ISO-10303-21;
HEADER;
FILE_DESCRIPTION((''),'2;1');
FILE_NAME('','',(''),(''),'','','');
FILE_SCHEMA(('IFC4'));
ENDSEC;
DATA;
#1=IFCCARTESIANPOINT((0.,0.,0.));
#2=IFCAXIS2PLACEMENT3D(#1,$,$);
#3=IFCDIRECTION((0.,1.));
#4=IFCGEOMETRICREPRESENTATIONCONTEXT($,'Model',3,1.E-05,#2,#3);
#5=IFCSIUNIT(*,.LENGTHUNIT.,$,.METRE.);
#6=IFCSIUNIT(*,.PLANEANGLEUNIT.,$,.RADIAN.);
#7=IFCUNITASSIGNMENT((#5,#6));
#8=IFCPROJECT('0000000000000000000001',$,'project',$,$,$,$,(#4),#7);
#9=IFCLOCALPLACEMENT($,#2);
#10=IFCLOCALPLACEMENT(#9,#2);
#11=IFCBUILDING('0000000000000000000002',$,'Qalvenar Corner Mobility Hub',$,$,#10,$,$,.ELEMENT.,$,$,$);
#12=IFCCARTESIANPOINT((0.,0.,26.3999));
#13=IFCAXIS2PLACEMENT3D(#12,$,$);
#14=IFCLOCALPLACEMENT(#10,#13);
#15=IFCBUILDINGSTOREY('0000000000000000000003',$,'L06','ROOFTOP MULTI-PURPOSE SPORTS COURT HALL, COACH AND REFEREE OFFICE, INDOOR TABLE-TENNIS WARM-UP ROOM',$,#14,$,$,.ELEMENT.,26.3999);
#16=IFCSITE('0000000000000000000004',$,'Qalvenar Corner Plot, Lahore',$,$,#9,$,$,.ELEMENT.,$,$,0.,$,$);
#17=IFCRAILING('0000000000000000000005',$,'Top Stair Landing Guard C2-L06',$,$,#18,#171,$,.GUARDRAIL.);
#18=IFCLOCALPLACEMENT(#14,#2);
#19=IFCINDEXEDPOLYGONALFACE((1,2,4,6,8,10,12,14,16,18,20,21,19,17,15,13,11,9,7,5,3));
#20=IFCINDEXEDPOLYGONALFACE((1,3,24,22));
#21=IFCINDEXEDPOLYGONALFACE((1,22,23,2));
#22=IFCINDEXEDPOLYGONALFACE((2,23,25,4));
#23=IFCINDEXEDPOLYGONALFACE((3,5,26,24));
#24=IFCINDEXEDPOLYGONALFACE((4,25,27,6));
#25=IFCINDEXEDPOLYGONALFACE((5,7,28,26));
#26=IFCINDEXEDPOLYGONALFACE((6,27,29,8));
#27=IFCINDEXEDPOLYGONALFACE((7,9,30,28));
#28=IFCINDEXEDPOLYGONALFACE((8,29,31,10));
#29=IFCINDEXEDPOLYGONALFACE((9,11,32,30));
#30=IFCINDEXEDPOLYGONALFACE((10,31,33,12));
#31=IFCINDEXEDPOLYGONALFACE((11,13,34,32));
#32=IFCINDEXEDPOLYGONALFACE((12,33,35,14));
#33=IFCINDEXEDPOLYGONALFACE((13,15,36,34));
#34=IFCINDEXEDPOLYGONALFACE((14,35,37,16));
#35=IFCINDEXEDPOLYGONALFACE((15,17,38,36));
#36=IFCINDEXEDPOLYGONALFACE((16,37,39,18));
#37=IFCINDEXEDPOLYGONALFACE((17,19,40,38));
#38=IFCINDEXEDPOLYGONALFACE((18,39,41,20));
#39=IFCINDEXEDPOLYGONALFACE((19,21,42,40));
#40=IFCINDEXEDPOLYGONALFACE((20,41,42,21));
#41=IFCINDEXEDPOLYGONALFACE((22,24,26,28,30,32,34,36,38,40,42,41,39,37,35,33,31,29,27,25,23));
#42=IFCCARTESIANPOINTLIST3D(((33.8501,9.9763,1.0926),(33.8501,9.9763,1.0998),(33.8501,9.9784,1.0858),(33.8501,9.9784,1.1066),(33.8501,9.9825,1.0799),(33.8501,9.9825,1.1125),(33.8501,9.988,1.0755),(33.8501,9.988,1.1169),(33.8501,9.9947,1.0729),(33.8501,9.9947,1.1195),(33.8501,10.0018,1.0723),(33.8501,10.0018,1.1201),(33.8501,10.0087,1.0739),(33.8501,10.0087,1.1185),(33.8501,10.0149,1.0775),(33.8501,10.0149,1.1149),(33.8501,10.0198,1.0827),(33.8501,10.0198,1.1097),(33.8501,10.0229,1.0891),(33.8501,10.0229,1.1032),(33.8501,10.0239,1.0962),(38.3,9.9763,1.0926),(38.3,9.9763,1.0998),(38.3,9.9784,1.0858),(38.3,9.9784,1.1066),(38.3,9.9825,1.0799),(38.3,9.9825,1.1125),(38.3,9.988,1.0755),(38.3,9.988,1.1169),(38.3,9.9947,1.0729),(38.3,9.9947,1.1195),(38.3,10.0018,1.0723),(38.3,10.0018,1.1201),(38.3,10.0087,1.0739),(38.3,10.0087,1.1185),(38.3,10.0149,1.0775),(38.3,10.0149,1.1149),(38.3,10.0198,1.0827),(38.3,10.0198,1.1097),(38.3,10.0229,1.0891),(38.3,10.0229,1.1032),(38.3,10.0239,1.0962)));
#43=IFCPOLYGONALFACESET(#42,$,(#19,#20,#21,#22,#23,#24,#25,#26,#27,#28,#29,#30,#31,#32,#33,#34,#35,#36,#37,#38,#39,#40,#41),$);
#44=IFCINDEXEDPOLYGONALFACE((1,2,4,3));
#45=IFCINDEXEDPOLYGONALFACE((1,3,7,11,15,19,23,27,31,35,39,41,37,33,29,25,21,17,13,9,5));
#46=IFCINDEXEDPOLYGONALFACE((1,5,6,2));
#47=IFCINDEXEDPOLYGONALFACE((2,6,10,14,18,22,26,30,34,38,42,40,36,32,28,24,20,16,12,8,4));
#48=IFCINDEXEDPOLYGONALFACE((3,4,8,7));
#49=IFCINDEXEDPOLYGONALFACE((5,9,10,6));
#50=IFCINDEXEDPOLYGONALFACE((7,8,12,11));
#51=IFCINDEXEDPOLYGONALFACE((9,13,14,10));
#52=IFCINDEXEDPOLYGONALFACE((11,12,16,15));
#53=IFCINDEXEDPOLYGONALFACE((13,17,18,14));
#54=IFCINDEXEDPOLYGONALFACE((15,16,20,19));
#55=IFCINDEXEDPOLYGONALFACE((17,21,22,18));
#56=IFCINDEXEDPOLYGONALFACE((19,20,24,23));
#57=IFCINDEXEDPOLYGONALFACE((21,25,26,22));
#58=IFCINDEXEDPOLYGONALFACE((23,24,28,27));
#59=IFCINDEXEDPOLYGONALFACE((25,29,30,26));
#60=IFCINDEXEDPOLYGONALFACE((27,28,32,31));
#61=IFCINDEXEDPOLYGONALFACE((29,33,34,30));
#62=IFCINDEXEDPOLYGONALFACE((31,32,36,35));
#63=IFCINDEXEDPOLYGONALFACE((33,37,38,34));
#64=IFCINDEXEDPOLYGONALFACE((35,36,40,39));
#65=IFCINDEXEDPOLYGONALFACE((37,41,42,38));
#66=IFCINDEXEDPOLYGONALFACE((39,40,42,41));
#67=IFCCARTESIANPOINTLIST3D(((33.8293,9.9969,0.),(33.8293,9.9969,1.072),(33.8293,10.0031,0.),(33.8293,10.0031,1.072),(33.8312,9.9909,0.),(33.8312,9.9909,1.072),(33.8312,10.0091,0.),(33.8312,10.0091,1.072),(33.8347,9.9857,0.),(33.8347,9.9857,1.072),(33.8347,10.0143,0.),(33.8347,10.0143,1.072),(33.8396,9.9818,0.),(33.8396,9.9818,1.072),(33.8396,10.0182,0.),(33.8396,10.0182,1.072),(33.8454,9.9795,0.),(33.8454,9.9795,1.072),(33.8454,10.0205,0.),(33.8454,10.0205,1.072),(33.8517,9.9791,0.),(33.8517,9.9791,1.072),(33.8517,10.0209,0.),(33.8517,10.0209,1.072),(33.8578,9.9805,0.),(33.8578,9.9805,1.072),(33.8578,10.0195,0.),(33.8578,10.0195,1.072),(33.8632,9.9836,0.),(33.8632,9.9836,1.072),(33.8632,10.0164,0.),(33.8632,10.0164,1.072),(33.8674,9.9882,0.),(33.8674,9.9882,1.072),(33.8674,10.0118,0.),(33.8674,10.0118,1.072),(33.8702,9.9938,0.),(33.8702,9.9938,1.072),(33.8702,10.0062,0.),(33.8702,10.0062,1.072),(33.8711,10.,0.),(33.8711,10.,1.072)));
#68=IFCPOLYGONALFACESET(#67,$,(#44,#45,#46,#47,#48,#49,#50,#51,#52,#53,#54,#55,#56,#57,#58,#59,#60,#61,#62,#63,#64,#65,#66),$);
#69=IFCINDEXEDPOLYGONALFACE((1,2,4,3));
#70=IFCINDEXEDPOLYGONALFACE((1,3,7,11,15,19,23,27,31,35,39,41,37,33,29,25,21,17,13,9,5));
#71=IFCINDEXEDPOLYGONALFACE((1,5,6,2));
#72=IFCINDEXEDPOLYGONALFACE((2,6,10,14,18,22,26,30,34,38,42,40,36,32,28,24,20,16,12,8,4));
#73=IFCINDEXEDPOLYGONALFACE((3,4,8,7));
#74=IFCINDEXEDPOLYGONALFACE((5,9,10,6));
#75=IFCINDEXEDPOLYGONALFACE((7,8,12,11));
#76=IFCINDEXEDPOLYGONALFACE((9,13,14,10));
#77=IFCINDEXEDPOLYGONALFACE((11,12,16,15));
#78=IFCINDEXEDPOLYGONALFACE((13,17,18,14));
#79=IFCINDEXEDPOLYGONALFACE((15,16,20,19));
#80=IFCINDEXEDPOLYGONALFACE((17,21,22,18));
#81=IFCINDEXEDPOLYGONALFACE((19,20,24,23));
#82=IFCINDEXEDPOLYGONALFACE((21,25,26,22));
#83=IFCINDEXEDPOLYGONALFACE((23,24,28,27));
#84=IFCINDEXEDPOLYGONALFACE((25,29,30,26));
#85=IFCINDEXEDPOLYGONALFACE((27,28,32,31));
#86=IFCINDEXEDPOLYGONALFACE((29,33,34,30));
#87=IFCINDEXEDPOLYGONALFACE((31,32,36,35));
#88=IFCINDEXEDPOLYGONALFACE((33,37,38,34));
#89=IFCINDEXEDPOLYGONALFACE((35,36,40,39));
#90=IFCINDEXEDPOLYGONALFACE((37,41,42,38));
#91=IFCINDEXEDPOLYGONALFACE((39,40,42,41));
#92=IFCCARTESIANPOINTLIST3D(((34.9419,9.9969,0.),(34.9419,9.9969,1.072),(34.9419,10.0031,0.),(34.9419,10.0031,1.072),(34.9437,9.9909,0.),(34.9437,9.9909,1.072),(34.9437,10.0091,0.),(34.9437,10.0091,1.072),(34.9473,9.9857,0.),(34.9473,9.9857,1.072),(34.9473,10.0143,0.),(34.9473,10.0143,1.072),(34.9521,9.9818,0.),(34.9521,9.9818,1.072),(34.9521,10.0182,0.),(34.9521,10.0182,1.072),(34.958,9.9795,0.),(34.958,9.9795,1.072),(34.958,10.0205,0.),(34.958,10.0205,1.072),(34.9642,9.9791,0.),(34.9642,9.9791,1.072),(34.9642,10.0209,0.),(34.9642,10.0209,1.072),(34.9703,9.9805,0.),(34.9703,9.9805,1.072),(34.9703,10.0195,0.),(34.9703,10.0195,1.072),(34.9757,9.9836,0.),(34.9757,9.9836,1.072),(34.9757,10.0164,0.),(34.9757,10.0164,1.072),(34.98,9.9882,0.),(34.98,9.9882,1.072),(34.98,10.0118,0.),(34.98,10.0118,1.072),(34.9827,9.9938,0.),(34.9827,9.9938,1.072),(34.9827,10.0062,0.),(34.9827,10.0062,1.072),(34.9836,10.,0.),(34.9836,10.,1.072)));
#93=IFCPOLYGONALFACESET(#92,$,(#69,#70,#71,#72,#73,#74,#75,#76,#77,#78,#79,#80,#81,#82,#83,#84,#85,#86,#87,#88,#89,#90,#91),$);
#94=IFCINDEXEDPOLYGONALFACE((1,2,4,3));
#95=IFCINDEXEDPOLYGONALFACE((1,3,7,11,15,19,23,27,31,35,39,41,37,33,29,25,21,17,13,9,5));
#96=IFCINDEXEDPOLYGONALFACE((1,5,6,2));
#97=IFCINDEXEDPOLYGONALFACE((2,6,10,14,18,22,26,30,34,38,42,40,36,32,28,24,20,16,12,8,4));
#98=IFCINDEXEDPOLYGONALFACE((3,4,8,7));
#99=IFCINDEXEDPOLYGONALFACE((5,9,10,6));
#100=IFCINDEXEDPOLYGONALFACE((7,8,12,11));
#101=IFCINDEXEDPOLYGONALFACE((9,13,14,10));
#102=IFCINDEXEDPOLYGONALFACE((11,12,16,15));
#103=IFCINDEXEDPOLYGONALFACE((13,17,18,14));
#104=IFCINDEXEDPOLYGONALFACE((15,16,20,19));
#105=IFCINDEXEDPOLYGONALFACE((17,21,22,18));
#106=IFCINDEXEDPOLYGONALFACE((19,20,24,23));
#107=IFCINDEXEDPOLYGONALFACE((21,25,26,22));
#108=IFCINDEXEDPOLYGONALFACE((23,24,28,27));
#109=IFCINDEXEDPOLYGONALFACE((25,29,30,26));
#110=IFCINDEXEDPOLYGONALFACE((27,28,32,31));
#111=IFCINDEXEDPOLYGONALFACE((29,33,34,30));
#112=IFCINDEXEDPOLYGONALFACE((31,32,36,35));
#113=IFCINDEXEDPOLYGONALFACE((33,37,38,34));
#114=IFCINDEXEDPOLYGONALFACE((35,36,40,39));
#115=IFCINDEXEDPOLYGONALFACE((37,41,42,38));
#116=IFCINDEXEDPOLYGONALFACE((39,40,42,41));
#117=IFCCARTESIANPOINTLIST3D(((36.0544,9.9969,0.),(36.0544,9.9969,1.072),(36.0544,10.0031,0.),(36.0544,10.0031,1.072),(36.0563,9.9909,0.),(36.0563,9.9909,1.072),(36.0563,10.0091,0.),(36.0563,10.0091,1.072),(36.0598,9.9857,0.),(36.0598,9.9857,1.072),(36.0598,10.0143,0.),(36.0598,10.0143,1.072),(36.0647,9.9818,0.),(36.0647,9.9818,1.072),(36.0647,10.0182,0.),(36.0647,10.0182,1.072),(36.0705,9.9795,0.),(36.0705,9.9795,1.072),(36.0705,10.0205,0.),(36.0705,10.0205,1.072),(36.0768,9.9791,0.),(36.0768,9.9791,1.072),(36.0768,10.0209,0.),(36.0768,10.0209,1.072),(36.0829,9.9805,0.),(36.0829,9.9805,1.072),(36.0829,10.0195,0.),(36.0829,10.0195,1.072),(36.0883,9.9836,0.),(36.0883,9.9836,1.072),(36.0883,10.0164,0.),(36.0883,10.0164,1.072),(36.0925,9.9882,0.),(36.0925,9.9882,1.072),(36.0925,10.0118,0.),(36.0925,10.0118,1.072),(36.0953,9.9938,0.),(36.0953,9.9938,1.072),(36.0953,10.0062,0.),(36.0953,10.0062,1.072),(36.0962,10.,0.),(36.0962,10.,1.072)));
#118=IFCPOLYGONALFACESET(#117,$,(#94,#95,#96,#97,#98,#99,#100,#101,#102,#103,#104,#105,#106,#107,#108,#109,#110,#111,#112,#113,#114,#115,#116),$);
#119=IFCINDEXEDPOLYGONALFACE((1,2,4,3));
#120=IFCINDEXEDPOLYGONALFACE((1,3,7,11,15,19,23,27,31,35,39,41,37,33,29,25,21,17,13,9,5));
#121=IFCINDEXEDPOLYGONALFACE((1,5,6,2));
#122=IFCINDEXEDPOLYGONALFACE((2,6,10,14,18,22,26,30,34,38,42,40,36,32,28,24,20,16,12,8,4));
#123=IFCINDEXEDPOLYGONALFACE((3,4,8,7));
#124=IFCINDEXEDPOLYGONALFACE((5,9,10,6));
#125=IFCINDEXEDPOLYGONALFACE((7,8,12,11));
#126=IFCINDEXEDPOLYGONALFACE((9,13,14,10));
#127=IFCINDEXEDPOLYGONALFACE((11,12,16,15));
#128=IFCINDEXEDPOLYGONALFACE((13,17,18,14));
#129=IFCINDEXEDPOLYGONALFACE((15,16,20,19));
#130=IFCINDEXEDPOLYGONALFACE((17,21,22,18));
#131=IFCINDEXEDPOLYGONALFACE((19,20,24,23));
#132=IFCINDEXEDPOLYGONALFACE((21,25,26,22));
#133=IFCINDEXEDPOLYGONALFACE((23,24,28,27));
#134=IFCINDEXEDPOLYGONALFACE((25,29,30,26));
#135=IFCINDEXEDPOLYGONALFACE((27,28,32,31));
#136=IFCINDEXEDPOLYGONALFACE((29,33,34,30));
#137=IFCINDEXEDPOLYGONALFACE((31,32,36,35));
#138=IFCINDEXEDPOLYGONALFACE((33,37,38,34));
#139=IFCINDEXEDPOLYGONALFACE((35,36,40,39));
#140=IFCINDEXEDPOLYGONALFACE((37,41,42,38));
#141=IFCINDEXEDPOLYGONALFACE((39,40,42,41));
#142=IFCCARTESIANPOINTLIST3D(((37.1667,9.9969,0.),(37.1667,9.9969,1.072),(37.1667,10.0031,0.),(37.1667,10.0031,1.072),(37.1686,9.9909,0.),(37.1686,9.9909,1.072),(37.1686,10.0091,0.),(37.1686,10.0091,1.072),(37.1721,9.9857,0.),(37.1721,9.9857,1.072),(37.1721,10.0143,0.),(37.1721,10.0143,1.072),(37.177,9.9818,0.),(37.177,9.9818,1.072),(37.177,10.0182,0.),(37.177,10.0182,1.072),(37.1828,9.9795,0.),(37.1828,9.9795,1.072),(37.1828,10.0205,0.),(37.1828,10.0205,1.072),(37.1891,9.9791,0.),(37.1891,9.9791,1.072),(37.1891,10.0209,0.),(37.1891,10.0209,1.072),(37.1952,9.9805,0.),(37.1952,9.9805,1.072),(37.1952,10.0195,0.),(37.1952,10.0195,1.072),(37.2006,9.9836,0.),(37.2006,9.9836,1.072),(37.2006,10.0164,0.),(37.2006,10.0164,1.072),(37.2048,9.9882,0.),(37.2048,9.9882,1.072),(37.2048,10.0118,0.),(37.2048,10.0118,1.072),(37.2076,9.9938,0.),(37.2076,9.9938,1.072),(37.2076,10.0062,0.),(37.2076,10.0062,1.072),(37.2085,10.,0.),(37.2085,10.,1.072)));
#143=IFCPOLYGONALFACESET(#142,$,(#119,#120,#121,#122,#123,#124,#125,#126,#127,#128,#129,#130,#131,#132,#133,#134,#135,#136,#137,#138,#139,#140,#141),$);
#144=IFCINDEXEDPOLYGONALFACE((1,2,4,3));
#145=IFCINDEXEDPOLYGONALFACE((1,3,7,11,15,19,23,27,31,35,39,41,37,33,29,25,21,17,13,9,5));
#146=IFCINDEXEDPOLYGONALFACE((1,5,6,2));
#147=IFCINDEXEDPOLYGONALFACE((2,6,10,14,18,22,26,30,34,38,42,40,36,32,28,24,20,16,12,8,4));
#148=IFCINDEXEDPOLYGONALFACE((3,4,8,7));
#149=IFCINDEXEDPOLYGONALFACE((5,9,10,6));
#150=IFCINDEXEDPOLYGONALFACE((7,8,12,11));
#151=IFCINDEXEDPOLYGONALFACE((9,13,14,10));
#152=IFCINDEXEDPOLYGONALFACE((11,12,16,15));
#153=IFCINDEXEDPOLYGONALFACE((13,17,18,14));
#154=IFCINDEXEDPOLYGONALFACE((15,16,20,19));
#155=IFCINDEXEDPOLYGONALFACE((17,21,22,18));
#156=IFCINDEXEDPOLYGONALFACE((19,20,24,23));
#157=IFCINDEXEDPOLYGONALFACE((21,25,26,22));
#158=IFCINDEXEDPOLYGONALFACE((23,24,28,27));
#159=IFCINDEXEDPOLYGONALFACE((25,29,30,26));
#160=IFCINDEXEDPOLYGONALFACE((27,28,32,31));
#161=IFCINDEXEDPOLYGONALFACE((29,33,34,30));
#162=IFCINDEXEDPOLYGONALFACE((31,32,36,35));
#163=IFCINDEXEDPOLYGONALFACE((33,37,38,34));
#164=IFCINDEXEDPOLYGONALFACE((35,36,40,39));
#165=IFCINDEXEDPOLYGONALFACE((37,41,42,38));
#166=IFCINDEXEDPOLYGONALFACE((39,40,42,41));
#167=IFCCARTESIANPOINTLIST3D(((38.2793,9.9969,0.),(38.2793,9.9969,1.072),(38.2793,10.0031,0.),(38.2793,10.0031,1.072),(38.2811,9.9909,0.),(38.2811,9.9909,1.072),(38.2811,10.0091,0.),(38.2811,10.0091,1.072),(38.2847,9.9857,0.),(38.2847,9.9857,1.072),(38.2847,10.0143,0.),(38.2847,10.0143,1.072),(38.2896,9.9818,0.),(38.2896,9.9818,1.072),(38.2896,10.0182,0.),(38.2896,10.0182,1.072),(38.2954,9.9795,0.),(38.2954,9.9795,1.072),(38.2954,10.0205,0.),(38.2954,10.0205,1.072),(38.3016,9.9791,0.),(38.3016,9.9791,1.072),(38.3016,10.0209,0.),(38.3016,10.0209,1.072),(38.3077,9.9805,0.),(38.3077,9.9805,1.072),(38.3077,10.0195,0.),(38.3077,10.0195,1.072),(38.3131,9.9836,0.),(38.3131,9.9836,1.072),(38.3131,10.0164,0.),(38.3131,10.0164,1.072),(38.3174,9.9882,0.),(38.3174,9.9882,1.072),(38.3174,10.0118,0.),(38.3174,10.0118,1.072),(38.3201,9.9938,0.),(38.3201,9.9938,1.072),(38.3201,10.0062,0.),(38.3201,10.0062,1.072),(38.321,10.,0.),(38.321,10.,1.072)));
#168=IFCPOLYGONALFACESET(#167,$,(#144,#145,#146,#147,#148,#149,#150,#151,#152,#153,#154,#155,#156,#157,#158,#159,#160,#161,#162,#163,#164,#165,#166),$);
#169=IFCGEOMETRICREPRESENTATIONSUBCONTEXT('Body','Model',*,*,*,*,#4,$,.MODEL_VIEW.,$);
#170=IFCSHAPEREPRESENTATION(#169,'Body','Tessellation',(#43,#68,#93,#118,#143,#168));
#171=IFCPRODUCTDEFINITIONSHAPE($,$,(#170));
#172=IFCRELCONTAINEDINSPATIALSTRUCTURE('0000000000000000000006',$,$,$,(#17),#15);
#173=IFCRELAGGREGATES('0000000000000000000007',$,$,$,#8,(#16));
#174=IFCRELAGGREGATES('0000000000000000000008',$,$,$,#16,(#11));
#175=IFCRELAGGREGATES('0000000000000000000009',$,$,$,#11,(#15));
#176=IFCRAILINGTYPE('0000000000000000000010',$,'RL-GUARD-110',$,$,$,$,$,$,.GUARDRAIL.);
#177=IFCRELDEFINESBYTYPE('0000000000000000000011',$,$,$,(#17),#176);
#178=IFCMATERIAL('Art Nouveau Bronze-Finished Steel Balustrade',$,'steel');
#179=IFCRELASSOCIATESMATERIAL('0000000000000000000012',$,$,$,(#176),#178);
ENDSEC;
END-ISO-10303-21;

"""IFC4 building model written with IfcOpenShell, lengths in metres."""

from ifc_helpers import new_model, si_unit, direction, frame, origin, origin_2d, place, context, subcontext, project, spatial, circle, extrude, material, type_object, element, save


model = new_model("IFC4")

# Units and contexts
model_context = context("Model", 3, precision=1e-05, world=origin(), true_north=direction((0.0, 1.0)))
body_context = subcontext(model_context, "Body", "Model", "MODEL_VIEW")
ifc_project = project(units=[si_unit("LENGTHUNIT", "METRE"), si_unit("PLANEANGLEUNIT", "RADIAN")], contexts=[model_context])

# Site, building, storey
site_placement = place(None, origin())
site = spatial("IfcSite", under=ifc_project, at=site_placement, Name="Qalvenar Corner Plot, Lahore", CompositionType="ELEMENT", RefElevation=0.0)
building_placement = place(site_placement, origin())
building = spatial("IfcBuilding", under=site, at=building_placement, Name="Qalvenar Corner Mobility Hub", CompositionType="ELEMENT")
storey_placement = place(building_placement, frame((0.0, 0.0, 26.3999)))
storey = spatial("IfcBuildingStorey", under=building, at=storey_placement, Name="L06", Description="ROOFTOP MULTI-PURPOSE SPORTS COURT HALL, COACH AND REFEREE OFFICE, INDOOR TABLE-TENNIS WARM-UP ROOM", CompositionType="ELEMENT", Elevation=26.3999)

# Railing
ifc_material_1 = material(Name="Art Nouveau Bronze-Finished Steel Balustrade", Category="steel")
railing_type = type_object("IfcRailingType", Name="RL-GUARD-110", PredefinedType="GUARDRAIL", material=ifc_material_1)
railing_placement = place(storey_placement, frame((33.8501, 10.0, 0.0)))
element("IfcRailing", 1, at=railing_placement, inside=storey, type_object=railing_type, Name="Top Stair Landing Guard C2-L06", PredefinedType="GUARDRAIL", context=body_context, shape_type="SweptSolid", body=[
    extrude(circle(Radius=0.0239, at=origin_2d()), frame((0.0, 0.0, 1.0962), z_axis=(1.0, 0.0, 0.0), x_axis=(0.0, 1.0, 0.0)), (0.0, 0.0, 1.0), 4.45),
    extrude(circle(Radius=0.021, at=origin_2d()), origin(), (0.0, 0.0, 1.0), 1.072),
    extrude(circle(Radius=0.021, at=origin_2d()), frame((1.1125, 0.0, 0.0)), (0.0, 0.0, 1.0), 1.072),
    extrude(circle(Radius=0.021, at=origin_2d()), frame((2.2251, 0.0, 0.0)), (0.0, 0.0, 1.0), 1.072),
    extrude(circle(Radius=0.021, at=origin_2d()), frame((3.3374, 0.0, 0.0)), (0.0, 0.0, 1.0), 1.072),
    extrude(circle(Radius=0.021, at=origin_2d()), frame((4.45, 0.0, 0.0)), (0.0, 0.0, 1.0), 1.072),
])

save(model, "model.ifc")
